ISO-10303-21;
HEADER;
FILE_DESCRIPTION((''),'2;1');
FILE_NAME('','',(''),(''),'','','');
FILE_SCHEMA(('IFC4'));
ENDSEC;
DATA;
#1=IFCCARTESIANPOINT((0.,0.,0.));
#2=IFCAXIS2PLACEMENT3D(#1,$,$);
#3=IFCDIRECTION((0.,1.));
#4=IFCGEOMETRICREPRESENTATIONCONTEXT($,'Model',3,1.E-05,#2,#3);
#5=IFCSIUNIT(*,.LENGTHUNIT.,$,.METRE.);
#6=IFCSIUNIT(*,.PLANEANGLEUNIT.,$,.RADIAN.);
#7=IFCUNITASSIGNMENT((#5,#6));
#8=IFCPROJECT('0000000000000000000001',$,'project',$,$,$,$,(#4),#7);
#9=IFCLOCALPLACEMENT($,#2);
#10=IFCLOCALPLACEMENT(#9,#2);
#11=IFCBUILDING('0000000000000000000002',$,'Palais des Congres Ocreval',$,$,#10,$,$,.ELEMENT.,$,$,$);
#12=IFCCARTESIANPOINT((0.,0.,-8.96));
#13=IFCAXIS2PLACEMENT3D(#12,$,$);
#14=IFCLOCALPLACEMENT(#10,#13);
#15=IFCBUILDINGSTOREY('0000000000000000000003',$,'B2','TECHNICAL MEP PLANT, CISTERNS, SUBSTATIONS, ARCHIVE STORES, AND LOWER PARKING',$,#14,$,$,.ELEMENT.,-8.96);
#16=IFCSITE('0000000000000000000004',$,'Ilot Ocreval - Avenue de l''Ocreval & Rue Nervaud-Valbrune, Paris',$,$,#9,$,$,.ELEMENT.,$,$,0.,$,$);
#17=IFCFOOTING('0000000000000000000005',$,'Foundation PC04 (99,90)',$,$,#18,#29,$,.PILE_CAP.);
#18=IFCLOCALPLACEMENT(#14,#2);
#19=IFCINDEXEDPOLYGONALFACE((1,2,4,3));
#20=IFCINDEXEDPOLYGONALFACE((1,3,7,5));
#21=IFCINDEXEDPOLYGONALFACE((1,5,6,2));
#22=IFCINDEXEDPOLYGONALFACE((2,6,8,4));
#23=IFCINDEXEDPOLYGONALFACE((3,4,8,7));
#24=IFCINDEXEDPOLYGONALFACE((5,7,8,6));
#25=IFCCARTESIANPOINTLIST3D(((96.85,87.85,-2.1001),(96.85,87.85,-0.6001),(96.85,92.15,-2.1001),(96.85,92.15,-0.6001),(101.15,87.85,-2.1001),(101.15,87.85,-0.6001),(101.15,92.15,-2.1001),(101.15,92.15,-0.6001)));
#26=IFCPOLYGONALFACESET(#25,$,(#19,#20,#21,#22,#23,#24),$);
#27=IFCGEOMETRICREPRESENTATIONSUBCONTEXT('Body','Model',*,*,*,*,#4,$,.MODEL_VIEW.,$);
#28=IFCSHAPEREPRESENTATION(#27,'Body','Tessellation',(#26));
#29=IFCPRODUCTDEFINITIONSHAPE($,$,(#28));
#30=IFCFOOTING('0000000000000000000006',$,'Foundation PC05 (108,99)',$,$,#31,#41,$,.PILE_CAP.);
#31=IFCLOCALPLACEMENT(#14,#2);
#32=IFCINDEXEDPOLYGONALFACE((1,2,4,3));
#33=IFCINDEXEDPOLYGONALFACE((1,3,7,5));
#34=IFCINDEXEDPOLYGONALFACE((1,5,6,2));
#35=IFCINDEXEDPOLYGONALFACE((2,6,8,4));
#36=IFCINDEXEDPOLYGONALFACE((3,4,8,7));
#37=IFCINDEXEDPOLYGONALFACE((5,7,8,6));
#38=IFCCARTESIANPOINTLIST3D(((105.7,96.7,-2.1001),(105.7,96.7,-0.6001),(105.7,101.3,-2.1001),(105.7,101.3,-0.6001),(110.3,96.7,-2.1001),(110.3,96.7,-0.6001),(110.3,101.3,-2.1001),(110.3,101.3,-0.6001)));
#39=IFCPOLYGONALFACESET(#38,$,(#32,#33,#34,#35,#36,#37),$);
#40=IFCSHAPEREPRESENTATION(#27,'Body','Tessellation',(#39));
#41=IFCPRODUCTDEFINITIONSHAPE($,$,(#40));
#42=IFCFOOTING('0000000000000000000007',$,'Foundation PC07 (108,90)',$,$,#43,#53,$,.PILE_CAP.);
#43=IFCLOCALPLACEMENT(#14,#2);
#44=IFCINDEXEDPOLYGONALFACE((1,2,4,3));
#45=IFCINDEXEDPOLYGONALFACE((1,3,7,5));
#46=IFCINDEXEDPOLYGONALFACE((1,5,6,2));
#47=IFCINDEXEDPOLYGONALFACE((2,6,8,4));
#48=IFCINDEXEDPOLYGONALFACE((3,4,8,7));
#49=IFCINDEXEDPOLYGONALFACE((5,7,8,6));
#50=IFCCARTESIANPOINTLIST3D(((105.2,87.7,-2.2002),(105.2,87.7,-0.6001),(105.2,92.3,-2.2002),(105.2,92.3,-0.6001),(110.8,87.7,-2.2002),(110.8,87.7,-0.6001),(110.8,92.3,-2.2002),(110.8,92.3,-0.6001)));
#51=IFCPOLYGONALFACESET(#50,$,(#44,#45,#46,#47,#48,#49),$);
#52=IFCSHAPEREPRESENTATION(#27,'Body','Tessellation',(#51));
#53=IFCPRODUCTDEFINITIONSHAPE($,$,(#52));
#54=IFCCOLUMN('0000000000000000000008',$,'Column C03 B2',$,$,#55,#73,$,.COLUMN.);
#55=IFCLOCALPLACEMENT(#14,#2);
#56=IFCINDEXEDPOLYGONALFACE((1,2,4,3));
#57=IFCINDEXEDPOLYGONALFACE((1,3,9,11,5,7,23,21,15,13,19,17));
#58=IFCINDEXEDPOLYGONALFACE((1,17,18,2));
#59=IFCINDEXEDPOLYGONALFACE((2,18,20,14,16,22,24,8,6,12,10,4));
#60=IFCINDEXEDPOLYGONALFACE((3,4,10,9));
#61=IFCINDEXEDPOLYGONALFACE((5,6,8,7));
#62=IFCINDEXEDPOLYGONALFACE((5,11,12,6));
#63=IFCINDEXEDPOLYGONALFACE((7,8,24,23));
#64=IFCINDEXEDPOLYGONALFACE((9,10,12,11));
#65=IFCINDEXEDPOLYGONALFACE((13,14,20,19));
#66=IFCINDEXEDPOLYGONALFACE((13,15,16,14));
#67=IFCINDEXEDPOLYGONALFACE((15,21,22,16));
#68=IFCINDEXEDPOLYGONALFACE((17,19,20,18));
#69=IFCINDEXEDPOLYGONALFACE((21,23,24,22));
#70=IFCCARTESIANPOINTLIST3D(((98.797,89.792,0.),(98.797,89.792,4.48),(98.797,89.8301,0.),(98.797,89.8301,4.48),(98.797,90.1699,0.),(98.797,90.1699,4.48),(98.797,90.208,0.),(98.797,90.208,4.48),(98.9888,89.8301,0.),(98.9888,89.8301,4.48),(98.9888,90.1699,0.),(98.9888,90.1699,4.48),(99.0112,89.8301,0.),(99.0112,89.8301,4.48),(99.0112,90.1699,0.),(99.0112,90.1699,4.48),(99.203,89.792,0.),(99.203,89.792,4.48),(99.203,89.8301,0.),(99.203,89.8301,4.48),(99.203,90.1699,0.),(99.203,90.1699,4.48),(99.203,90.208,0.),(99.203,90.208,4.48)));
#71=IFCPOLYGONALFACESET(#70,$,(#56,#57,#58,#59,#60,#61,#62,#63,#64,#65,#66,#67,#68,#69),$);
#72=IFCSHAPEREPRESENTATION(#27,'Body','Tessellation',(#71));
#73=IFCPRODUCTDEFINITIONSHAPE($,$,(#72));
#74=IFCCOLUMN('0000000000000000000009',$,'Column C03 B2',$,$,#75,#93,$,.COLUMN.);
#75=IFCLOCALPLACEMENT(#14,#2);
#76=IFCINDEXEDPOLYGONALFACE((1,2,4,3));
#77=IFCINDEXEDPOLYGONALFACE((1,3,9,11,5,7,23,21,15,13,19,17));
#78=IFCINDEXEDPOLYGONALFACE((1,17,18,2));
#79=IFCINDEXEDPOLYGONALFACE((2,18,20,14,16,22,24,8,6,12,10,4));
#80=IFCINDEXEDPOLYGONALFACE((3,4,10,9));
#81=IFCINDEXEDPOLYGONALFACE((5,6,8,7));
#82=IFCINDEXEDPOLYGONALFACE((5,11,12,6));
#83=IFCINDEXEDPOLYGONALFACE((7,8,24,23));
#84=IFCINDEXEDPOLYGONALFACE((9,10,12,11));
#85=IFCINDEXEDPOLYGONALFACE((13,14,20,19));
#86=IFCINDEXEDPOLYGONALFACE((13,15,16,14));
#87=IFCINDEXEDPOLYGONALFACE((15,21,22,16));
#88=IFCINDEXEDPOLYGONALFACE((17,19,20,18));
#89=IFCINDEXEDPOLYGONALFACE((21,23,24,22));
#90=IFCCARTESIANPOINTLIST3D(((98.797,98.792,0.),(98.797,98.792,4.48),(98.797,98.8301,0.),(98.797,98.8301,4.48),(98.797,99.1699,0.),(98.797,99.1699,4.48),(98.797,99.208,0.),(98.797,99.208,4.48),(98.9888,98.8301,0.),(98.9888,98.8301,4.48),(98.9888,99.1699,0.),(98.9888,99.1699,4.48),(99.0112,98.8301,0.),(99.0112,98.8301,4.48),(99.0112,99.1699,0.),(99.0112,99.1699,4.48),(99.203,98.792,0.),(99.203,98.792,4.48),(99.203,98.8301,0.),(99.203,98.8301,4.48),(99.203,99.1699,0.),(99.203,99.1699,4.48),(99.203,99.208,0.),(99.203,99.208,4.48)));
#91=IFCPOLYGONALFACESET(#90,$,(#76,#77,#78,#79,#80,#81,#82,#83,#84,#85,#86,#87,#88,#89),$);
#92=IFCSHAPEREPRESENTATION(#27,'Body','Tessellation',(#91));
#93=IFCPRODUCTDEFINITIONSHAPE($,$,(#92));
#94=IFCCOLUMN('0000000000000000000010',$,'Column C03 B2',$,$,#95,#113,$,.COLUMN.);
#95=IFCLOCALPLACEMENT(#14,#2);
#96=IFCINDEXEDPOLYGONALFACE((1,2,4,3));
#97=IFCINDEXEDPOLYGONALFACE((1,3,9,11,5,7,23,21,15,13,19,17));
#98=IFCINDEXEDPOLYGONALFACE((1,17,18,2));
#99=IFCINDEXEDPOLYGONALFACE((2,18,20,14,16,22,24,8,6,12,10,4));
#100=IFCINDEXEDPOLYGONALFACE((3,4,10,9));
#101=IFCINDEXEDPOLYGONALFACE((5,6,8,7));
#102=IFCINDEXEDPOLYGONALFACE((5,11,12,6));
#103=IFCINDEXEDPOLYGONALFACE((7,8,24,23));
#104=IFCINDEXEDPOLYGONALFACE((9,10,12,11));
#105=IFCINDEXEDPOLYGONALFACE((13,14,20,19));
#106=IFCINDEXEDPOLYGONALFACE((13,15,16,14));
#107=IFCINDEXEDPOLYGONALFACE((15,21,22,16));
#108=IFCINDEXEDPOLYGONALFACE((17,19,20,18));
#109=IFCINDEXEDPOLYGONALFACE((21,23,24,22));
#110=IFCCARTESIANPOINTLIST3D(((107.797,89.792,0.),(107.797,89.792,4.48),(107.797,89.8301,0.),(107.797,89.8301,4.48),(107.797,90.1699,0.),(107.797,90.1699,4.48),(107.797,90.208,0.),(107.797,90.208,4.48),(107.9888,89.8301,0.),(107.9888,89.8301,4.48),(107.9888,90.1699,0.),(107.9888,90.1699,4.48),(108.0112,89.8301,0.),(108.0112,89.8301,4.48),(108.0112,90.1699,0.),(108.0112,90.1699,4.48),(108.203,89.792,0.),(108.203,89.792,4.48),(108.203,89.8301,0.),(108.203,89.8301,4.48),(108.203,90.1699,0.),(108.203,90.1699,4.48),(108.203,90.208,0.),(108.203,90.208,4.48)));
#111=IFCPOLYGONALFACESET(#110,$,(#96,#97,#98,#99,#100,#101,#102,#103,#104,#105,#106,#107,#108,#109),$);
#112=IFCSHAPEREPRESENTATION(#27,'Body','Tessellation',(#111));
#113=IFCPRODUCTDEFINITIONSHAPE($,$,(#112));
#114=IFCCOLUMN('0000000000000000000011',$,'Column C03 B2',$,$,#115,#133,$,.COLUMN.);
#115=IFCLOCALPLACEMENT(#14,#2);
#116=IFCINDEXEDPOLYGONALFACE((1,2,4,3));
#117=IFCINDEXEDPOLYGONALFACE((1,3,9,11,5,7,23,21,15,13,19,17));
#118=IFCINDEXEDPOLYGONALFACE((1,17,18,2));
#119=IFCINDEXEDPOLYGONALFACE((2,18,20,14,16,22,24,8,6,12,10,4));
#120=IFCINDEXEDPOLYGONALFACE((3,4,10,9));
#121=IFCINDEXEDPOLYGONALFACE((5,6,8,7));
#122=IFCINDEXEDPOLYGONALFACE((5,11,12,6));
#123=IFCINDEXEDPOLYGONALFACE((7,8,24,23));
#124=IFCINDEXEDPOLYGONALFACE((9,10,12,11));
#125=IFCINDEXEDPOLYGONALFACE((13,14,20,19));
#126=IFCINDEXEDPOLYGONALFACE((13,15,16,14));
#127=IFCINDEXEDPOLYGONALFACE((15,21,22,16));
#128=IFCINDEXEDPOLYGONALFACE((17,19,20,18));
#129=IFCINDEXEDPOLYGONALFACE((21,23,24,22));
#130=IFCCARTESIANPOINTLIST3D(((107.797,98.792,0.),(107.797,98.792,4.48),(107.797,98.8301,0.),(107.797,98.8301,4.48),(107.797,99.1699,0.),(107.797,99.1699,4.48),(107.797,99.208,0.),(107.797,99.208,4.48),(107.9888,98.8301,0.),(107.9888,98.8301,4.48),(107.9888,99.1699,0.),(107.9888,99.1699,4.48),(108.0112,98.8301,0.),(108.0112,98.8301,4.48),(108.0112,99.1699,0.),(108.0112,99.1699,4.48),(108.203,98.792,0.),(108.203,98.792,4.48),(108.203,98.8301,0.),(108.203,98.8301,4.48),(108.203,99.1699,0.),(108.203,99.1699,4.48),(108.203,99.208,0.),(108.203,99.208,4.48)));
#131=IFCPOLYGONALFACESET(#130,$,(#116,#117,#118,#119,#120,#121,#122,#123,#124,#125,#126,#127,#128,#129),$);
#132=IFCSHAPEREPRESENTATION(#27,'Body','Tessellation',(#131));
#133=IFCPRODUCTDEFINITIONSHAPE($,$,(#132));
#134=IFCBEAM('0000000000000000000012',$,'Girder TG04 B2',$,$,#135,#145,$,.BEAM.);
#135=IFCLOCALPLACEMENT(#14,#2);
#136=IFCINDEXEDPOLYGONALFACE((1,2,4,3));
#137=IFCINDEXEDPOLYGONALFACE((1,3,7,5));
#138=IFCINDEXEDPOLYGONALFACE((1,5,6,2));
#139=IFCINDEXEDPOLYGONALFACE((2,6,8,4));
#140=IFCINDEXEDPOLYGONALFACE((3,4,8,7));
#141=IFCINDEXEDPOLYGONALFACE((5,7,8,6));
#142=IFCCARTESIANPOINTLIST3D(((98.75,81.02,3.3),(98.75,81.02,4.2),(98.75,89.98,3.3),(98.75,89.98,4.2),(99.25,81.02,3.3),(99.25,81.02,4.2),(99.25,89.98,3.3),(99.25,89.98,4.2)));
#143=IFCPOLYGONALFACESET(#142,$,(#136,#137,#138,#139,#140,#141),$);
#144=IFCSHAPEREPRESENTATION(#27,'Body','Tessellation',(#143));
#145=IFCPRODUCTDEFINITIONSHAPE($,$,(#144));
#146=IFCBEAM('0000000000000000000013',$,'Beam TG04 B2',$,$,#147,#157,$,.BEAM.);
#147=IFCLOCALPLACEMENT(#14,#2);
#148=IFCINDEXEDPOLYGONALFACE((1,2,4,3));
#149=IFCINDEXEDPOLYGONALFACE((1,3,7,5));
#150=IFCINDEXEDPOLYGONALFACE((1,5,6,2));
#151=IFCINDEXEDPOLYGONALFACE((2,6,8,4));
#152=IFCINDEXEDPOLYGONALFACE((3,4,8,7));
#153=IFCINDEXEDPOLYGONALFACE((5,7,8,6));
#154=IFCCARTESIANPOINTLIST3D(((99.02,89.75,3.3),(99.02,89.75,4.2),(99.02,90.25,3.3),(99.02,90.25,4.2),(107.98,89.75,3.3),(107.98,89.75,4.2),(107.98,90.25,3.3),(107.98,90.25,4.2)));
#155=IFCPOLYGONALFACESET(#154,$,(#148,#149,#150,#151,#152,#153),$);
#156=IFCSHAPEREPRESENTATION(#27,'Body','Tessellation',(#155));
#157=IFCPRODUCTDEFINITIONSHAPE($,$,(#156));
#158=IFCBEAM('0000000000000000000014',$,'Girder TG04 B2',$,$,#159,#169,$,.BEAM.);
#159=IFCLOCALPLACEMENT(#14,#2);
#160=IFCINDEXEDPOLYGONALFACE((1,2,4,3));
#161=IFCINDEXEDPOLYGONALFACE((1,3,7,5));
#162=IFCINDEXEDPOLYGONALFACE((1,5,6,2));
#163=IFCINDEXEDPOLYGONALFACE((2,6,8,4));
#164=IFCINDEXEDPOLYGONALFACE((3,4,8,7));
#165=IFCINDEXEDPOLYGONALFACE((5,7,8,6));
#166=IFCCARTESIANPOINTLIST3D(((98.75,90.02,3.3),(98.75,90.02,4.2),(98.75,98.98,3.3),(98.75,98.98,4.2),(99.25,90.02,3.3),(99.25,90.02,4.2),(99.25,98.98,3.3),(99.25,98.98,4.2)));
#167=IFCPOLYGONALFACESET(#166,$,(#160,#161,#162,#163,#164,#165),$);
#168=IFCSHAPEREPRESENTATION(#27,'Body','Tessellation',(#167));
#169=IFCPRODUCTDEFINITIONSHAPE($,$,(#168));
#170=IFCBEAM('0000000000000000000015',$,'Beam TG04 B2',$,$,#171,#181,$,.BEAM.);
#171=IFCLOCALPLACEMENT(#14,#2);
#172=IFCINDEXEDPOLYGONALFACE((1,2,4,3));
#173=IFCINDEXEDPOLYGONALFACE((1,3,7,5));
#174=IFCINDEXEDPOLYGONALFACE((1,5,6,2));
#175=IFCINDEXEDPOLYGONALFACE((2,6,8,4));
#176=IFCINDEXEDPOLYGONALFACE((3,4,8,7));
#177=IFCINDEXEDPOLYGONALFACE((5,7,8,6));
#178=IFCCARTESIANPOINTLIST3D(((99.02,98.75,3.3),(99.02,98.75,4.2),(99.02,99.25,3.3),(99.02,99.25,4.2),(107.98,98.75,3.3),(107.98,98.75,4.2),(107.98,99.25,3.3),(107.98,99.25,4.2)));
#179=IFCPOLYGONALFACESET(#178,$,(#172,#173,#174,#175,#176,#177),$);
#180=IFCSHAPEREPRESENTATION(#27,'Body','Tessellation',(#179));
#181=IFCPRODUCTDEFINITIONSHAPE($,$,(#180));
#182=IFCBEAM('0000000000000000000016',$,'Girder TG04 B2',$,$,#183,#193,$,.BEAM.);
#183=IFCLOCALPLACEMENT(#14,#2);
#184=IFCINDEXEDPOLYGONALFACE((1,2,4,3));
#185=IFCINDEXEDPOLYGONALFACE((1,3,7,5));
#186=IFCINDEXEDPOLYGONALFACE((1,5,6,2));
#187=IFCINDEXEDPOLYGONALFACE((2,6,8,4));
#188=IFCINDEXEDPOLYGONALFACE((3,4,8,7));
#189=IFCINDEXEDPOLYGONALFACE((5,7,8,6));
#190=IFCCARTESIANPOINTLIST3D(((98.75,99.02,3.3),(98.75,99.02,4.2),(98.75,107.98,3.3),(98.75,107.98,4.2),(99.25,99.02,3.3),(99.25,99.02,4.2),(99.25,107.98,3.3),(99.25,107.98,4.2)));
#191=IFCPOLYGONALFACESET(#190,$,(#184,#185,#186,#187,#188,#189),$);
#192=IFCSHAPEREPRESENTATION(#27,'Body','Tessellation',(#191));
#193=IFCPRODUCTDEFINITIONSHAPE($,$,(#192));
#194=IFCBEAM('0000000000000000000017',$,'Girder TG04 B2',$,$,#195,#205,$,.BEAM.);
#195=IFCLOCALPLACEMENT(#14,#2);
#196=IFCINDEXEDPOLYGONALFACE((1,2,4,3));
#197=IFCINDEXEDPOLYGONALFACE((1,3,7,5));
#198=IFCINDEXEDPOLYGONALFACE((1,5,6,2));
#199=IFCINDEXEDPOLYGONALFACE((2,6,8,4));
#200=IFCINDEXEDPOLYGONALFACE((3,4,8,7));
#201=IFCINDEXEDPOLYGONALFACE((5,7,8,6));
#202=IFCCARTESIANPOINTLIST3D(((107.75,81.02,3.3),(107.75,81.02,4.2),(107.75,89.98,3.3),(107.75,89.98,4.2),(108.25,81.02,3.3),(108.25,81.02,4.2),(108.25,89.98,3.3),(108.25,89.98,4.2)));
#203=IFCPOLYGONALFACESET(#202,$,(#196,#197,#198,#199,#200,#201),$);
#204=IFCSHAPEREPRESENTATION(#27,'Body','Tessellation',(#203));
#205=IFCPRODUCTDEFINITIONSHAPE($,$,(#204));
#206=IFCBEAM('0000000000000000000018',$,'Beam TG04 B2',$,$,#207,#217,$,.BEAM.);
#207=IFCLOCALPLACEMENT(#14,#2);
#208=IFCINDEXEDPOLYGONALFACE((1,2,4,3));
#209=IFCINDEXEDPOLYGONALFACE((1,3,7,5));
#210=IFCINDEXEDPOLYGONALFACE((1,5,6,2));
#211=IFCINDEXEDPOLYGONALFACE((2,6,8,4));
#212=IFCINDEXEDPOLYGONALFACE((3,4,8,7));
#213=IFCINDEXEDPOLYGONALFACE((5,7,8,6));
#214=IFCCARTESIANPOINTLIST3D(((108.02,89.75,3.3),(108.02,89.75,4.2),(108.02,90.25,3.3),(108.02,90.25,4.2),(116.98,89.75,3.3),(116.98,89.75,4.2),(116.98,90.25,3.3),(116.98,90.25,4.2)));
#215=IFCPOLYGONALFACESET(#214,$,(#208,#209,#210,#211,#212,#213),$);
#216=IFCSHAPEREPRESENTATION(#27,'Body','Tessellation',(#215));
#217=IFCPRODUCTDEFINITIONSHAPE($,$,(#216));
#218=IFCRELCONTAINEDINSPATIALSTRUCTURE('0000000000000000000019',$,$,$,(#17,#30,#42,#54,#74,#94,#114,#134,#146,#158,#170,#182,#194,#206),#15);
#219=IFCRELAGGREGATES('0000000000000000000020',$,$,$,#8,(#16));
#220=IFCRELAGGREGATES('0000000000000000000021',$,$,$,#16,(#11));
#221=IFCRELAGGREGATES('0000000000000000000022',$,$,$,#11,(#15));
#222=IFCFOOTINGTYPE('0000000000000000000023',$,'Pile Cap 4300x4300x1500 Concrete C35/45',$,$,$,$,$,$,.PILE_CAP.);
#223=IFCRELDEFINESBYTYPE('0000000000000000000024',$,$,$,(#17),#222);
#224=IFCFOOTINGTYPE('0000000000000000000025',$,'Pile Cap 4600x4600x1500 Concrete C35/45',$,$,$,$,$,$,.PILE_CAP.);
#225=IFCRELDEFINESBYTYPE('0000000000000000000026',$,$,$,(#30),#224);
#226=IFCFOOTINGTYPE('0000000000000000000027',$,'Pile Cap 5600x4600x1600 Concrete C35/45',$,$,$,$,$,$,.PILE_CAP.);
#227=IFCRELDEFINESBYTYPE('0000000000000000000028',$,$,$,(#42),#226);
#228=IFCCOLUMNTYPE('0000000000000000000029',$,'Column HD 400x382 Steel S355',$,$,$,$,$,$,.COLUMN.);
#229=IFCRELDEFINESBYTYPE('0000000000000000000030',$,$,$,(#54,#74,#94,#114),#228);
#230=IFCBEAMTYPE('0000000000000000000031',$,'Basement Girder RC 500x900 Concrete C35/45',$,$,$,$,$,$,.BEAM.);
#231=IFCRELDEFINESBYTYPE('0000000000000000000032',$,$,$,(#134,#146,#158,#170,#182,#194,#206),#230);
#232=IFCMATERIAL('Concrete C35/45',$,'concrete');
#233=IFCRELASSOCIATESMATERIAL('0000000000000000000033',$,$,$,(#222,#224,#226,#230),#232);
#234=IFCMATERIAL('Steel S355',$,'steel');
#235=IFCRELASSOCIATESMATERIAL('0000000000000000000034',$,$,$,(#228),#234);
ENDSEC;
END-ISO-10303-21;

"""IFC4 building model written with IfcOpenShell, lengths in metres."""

from ifc_helpers import new_model, si_unit, direction, frame, origin, origin_2d, place, context, subcontext, project, spatial, rectangle, i_section, extrude, material, material_profile, profile_set, type_object, element, save


model = new_model("IFC4")

# Units and contexts
model_context = context("Model", 3, precision=1e-05, world=origin(), true_north=direction((0.0, 1.0)))
body_context = subcontext(model_context, "Body", "Model", "MODEL_VIEW")
ifc_project = project(units=[si_unit("LENGTHUNIT", "METRE"), si_unit("PLANEANGLEUNIT", "RADIAN")], contexts=[model_context])

# Site, building, storey
site_placement = place(None, origin())
site = spatial("IfcSite", under=ifc_project, at=site_placement, Name="Ilot Ocreval - Avenue de l'Ocreval & Rue Nervaud-Valbrune, Paris", CompositionType="ELEMENT", RefElevation=0.0)
building_placement = place(site_placement, origin())
building = spatial("IfcBuilding", under=site, at=building_placement, Name="Palais des Congres Ocreval", CompositionType="ELEMENT")
storey_placement = place(building_placement, frame((0.0, 0.0, -8.96)))
storey = spatial("IfcBuildingStorey", under=building, at=storey_placement, Name="B2", Description="TECHNICAL MEP PLANT, CISTERNS, SUBSTATIONS, ARCHIVE STORES, AND LOWER PARKING", CompositionType="ELEMENT", Elevation=-8.96)

# Shared definitions
ifc_material_1 = material(Name="Concrete C35/45", Category="concrete")

# Footings
footing_type_1 = type_object("IfcFootingType", Name="Pile Cap 4300x4300x1500 Concrete C35/45", PredefinedType="PILE_CAP", material=ifc_material_1)
footing_1_placement = place(storey_placement, frame((99.0, 90.0, -2.1001), z_axis=(0.0, 0.0, 1.0), x_axis=(1.0, 0.0, 0.0)))
element("IfcFooting", 1, at=footing_1_placement, inside=storey, type_object=footing_type_1, Name="Foundation PC04 (99,90)", PredefinedType="PILE_CAP", context=body_context, shape_type="SweptSolid", body=[
    extrude(rectangle(XDim=4.3, YDim=4.3, at=origin_2d()), origin(), (0.0, 0.0, 1.0), 1.5),
])
footing_type_2 = type_object("IfcFootingType", Name="Pile Cap 4600x4600x1500 Concrete C35/45", PredefinedType="PILE_CAP", material=ifc_material_1)
footing_2_placement = place(storey_placement, frame((108.0, 99.0, -2.1001), z_axis=(0.0, 0.0, 1.0), x_axis=(1.0, 0.0, 0.0)))
element("IfcFooting", 2, at=footing_2_placement, inside=storey, type_object=footing_type_2, Name="Foundation PC05 (108,99)", PredefinedType="PILE_CAP", context=body_context, shape_type="SweptSolid", body=[
    extrude(rectangle(XDim=4.6001, YDim=4.6001, at=origin_2d()), origin(), (0.0, 0.0, 1.0), 1.5),
])
footing_type_3 = type_object("IfcFootingType", Name="Pile Cap 5600x4600x1600 Concrete C35/45", PredefinedType="PILE_CAP", material=ifc_material_1)
footing_3_placement = place(storey_placement, frame((108.0, 90.0, -2.2002), z_axis=(0.0, 0.0, 1.0), x_axis=(1.0, 0.0, 0.0)))
element("IfcFooting", 3, at=footing_3_placement, inside=storey, type_object=footing_type_3, Name="Foundation PC07 (108,90)", PredefinedType="PILE_CAP", context=body_context, shape_type="SweptSolid", body=[
    extrude(rectangle(XDim=5.6001, YDim=4.6001, at=origin_2d()), origin(), (0.0, 0.0, 1.0), 1.6001),
])

# Columns
ifc_material_2 = material(Name="Steel S355", Category="steel")
ifc_material_profile_1 = material_profile(ifc_material_2, i_section(OverallWidth=0.406, OverallDepth=0.416, WebThickness=0.0225, FlangeThickness=0.0381, at=origin_2d()), Name="HD 400x382")
ifc_profile_set_1 = profile_set([ifc_material_profile_1], Name="Steel S355")
column_type = type_object("IfcColumnType", Name="Column HD 400x382 Steel S355", PredefinedType="COLUMN", material=ifc_profile_set_1)
for number, where, z_axis, x_axis, name in (
    (4, (99.0, 90.0, 0.0), (0.0, 0.0, 1.0), (1.0, 0.0, 0.0), "Column C03 B2"),
    (5, (99.0, 99.0, 0.0), (0.0, 0.0, 1.0), (1.0, 0.0, 0.0), "Column C03 B2"),
    (6, (108.0, 90.0, 0.0), (0.0, 0.0, 1.0), (1.0, 0.0, 0.0), "Column C03 B2"),
    (7, (108.0, 99.0, 0.0), (0.0, 0.0, 1.0), (1.0, 0.0, 0.0), "Column C03 B2"),
):
    element("IfcColumn", number, at=place(storey_placement, frame(where, z_axis=z_axis, x_axis=x_axis)), inside=storey, type_object=column_type, Name=name, PredefinedType="COLUMN", context=body_context, shape_type="SweptSolid", body=[
        extrude(i_section(OverallWidth=0.406, OverallDepth=0.416, WebThickness=0.0225, FlangeThickness=0.0381, at=origin_2d()), origin(), (0.0, 0.0, 1.0), 4.48),
    ])

# Beams
ifc_material_profile_2 = material_profile(ifc_material_1, rectangle(XDim=0.5, YDim=0.8999, at=origin_2d()), Name="RC 500x900")
ifc_profile_set_2 = profile_set([ifc_material_profile_2], Name="Concrete C35/45")
beam_type = type_object("IfcBeamType", Name="Basement Girder RC 500x900 Concrete C35/45", PredefinedType="BEAM", material=ifc_profile_set_2)
for number, where, z_axis, x_axis, name in (
    (8, (99.0, 81.02, 3.75), (0.0, 1.0, 0.0), (-1.0, 0.0, 0.0), "Girder TG04 B2"),
    (9, (99.02, 90.0, 3.75), (1.0, 0.0, 0.0), (0.0, 1.0, 0.0), "Beam TG04 B2"),
    (10, (99.0, 90.02, 3.75), (0.0, 1.0, 0.0), (-1.0, 0.0, 0.0), "Girder TG04 B2"),
    (11, (99.02, 99.0, 3.75), (1.0, 0.0, 0.0), (0.0, 1.0, 0.0), "Beam TG04 B2"),
    (12, (99.0, 99.02, 3.75), (0.0, 1.0, 0.0), (-1.0, 0.0, 0.0), "Girder TG04 B2"),
    (13, (108.0, 81.02, 3.75), (0.0, 1.0, 0.0), (-1.0, 0.0, 0.0), "Girder TG04 B2"),
    (14, (108.02, 90.0, 3.75), (1.0, 0.0, 0.0), (0.0, 1.0, 0.0), "Beam TG04 B2"),
):
    element("IfcBeam", number, at=place(storey_placement, frame(where, z_axis=z_axis, x_axis=x_axis)), inside=storey, type_object=beam_type, Name=name, PredefinedType="BEAM", context=body_context, shape_type="SweptSolid", body=[
        extrude(rectangle(XDim=0.5, YDim=0.8999, at=origin_2d()), origin(), (0.0, 0.0, 1.0), 8.96),
    ])

save(model, "model.ifc")
